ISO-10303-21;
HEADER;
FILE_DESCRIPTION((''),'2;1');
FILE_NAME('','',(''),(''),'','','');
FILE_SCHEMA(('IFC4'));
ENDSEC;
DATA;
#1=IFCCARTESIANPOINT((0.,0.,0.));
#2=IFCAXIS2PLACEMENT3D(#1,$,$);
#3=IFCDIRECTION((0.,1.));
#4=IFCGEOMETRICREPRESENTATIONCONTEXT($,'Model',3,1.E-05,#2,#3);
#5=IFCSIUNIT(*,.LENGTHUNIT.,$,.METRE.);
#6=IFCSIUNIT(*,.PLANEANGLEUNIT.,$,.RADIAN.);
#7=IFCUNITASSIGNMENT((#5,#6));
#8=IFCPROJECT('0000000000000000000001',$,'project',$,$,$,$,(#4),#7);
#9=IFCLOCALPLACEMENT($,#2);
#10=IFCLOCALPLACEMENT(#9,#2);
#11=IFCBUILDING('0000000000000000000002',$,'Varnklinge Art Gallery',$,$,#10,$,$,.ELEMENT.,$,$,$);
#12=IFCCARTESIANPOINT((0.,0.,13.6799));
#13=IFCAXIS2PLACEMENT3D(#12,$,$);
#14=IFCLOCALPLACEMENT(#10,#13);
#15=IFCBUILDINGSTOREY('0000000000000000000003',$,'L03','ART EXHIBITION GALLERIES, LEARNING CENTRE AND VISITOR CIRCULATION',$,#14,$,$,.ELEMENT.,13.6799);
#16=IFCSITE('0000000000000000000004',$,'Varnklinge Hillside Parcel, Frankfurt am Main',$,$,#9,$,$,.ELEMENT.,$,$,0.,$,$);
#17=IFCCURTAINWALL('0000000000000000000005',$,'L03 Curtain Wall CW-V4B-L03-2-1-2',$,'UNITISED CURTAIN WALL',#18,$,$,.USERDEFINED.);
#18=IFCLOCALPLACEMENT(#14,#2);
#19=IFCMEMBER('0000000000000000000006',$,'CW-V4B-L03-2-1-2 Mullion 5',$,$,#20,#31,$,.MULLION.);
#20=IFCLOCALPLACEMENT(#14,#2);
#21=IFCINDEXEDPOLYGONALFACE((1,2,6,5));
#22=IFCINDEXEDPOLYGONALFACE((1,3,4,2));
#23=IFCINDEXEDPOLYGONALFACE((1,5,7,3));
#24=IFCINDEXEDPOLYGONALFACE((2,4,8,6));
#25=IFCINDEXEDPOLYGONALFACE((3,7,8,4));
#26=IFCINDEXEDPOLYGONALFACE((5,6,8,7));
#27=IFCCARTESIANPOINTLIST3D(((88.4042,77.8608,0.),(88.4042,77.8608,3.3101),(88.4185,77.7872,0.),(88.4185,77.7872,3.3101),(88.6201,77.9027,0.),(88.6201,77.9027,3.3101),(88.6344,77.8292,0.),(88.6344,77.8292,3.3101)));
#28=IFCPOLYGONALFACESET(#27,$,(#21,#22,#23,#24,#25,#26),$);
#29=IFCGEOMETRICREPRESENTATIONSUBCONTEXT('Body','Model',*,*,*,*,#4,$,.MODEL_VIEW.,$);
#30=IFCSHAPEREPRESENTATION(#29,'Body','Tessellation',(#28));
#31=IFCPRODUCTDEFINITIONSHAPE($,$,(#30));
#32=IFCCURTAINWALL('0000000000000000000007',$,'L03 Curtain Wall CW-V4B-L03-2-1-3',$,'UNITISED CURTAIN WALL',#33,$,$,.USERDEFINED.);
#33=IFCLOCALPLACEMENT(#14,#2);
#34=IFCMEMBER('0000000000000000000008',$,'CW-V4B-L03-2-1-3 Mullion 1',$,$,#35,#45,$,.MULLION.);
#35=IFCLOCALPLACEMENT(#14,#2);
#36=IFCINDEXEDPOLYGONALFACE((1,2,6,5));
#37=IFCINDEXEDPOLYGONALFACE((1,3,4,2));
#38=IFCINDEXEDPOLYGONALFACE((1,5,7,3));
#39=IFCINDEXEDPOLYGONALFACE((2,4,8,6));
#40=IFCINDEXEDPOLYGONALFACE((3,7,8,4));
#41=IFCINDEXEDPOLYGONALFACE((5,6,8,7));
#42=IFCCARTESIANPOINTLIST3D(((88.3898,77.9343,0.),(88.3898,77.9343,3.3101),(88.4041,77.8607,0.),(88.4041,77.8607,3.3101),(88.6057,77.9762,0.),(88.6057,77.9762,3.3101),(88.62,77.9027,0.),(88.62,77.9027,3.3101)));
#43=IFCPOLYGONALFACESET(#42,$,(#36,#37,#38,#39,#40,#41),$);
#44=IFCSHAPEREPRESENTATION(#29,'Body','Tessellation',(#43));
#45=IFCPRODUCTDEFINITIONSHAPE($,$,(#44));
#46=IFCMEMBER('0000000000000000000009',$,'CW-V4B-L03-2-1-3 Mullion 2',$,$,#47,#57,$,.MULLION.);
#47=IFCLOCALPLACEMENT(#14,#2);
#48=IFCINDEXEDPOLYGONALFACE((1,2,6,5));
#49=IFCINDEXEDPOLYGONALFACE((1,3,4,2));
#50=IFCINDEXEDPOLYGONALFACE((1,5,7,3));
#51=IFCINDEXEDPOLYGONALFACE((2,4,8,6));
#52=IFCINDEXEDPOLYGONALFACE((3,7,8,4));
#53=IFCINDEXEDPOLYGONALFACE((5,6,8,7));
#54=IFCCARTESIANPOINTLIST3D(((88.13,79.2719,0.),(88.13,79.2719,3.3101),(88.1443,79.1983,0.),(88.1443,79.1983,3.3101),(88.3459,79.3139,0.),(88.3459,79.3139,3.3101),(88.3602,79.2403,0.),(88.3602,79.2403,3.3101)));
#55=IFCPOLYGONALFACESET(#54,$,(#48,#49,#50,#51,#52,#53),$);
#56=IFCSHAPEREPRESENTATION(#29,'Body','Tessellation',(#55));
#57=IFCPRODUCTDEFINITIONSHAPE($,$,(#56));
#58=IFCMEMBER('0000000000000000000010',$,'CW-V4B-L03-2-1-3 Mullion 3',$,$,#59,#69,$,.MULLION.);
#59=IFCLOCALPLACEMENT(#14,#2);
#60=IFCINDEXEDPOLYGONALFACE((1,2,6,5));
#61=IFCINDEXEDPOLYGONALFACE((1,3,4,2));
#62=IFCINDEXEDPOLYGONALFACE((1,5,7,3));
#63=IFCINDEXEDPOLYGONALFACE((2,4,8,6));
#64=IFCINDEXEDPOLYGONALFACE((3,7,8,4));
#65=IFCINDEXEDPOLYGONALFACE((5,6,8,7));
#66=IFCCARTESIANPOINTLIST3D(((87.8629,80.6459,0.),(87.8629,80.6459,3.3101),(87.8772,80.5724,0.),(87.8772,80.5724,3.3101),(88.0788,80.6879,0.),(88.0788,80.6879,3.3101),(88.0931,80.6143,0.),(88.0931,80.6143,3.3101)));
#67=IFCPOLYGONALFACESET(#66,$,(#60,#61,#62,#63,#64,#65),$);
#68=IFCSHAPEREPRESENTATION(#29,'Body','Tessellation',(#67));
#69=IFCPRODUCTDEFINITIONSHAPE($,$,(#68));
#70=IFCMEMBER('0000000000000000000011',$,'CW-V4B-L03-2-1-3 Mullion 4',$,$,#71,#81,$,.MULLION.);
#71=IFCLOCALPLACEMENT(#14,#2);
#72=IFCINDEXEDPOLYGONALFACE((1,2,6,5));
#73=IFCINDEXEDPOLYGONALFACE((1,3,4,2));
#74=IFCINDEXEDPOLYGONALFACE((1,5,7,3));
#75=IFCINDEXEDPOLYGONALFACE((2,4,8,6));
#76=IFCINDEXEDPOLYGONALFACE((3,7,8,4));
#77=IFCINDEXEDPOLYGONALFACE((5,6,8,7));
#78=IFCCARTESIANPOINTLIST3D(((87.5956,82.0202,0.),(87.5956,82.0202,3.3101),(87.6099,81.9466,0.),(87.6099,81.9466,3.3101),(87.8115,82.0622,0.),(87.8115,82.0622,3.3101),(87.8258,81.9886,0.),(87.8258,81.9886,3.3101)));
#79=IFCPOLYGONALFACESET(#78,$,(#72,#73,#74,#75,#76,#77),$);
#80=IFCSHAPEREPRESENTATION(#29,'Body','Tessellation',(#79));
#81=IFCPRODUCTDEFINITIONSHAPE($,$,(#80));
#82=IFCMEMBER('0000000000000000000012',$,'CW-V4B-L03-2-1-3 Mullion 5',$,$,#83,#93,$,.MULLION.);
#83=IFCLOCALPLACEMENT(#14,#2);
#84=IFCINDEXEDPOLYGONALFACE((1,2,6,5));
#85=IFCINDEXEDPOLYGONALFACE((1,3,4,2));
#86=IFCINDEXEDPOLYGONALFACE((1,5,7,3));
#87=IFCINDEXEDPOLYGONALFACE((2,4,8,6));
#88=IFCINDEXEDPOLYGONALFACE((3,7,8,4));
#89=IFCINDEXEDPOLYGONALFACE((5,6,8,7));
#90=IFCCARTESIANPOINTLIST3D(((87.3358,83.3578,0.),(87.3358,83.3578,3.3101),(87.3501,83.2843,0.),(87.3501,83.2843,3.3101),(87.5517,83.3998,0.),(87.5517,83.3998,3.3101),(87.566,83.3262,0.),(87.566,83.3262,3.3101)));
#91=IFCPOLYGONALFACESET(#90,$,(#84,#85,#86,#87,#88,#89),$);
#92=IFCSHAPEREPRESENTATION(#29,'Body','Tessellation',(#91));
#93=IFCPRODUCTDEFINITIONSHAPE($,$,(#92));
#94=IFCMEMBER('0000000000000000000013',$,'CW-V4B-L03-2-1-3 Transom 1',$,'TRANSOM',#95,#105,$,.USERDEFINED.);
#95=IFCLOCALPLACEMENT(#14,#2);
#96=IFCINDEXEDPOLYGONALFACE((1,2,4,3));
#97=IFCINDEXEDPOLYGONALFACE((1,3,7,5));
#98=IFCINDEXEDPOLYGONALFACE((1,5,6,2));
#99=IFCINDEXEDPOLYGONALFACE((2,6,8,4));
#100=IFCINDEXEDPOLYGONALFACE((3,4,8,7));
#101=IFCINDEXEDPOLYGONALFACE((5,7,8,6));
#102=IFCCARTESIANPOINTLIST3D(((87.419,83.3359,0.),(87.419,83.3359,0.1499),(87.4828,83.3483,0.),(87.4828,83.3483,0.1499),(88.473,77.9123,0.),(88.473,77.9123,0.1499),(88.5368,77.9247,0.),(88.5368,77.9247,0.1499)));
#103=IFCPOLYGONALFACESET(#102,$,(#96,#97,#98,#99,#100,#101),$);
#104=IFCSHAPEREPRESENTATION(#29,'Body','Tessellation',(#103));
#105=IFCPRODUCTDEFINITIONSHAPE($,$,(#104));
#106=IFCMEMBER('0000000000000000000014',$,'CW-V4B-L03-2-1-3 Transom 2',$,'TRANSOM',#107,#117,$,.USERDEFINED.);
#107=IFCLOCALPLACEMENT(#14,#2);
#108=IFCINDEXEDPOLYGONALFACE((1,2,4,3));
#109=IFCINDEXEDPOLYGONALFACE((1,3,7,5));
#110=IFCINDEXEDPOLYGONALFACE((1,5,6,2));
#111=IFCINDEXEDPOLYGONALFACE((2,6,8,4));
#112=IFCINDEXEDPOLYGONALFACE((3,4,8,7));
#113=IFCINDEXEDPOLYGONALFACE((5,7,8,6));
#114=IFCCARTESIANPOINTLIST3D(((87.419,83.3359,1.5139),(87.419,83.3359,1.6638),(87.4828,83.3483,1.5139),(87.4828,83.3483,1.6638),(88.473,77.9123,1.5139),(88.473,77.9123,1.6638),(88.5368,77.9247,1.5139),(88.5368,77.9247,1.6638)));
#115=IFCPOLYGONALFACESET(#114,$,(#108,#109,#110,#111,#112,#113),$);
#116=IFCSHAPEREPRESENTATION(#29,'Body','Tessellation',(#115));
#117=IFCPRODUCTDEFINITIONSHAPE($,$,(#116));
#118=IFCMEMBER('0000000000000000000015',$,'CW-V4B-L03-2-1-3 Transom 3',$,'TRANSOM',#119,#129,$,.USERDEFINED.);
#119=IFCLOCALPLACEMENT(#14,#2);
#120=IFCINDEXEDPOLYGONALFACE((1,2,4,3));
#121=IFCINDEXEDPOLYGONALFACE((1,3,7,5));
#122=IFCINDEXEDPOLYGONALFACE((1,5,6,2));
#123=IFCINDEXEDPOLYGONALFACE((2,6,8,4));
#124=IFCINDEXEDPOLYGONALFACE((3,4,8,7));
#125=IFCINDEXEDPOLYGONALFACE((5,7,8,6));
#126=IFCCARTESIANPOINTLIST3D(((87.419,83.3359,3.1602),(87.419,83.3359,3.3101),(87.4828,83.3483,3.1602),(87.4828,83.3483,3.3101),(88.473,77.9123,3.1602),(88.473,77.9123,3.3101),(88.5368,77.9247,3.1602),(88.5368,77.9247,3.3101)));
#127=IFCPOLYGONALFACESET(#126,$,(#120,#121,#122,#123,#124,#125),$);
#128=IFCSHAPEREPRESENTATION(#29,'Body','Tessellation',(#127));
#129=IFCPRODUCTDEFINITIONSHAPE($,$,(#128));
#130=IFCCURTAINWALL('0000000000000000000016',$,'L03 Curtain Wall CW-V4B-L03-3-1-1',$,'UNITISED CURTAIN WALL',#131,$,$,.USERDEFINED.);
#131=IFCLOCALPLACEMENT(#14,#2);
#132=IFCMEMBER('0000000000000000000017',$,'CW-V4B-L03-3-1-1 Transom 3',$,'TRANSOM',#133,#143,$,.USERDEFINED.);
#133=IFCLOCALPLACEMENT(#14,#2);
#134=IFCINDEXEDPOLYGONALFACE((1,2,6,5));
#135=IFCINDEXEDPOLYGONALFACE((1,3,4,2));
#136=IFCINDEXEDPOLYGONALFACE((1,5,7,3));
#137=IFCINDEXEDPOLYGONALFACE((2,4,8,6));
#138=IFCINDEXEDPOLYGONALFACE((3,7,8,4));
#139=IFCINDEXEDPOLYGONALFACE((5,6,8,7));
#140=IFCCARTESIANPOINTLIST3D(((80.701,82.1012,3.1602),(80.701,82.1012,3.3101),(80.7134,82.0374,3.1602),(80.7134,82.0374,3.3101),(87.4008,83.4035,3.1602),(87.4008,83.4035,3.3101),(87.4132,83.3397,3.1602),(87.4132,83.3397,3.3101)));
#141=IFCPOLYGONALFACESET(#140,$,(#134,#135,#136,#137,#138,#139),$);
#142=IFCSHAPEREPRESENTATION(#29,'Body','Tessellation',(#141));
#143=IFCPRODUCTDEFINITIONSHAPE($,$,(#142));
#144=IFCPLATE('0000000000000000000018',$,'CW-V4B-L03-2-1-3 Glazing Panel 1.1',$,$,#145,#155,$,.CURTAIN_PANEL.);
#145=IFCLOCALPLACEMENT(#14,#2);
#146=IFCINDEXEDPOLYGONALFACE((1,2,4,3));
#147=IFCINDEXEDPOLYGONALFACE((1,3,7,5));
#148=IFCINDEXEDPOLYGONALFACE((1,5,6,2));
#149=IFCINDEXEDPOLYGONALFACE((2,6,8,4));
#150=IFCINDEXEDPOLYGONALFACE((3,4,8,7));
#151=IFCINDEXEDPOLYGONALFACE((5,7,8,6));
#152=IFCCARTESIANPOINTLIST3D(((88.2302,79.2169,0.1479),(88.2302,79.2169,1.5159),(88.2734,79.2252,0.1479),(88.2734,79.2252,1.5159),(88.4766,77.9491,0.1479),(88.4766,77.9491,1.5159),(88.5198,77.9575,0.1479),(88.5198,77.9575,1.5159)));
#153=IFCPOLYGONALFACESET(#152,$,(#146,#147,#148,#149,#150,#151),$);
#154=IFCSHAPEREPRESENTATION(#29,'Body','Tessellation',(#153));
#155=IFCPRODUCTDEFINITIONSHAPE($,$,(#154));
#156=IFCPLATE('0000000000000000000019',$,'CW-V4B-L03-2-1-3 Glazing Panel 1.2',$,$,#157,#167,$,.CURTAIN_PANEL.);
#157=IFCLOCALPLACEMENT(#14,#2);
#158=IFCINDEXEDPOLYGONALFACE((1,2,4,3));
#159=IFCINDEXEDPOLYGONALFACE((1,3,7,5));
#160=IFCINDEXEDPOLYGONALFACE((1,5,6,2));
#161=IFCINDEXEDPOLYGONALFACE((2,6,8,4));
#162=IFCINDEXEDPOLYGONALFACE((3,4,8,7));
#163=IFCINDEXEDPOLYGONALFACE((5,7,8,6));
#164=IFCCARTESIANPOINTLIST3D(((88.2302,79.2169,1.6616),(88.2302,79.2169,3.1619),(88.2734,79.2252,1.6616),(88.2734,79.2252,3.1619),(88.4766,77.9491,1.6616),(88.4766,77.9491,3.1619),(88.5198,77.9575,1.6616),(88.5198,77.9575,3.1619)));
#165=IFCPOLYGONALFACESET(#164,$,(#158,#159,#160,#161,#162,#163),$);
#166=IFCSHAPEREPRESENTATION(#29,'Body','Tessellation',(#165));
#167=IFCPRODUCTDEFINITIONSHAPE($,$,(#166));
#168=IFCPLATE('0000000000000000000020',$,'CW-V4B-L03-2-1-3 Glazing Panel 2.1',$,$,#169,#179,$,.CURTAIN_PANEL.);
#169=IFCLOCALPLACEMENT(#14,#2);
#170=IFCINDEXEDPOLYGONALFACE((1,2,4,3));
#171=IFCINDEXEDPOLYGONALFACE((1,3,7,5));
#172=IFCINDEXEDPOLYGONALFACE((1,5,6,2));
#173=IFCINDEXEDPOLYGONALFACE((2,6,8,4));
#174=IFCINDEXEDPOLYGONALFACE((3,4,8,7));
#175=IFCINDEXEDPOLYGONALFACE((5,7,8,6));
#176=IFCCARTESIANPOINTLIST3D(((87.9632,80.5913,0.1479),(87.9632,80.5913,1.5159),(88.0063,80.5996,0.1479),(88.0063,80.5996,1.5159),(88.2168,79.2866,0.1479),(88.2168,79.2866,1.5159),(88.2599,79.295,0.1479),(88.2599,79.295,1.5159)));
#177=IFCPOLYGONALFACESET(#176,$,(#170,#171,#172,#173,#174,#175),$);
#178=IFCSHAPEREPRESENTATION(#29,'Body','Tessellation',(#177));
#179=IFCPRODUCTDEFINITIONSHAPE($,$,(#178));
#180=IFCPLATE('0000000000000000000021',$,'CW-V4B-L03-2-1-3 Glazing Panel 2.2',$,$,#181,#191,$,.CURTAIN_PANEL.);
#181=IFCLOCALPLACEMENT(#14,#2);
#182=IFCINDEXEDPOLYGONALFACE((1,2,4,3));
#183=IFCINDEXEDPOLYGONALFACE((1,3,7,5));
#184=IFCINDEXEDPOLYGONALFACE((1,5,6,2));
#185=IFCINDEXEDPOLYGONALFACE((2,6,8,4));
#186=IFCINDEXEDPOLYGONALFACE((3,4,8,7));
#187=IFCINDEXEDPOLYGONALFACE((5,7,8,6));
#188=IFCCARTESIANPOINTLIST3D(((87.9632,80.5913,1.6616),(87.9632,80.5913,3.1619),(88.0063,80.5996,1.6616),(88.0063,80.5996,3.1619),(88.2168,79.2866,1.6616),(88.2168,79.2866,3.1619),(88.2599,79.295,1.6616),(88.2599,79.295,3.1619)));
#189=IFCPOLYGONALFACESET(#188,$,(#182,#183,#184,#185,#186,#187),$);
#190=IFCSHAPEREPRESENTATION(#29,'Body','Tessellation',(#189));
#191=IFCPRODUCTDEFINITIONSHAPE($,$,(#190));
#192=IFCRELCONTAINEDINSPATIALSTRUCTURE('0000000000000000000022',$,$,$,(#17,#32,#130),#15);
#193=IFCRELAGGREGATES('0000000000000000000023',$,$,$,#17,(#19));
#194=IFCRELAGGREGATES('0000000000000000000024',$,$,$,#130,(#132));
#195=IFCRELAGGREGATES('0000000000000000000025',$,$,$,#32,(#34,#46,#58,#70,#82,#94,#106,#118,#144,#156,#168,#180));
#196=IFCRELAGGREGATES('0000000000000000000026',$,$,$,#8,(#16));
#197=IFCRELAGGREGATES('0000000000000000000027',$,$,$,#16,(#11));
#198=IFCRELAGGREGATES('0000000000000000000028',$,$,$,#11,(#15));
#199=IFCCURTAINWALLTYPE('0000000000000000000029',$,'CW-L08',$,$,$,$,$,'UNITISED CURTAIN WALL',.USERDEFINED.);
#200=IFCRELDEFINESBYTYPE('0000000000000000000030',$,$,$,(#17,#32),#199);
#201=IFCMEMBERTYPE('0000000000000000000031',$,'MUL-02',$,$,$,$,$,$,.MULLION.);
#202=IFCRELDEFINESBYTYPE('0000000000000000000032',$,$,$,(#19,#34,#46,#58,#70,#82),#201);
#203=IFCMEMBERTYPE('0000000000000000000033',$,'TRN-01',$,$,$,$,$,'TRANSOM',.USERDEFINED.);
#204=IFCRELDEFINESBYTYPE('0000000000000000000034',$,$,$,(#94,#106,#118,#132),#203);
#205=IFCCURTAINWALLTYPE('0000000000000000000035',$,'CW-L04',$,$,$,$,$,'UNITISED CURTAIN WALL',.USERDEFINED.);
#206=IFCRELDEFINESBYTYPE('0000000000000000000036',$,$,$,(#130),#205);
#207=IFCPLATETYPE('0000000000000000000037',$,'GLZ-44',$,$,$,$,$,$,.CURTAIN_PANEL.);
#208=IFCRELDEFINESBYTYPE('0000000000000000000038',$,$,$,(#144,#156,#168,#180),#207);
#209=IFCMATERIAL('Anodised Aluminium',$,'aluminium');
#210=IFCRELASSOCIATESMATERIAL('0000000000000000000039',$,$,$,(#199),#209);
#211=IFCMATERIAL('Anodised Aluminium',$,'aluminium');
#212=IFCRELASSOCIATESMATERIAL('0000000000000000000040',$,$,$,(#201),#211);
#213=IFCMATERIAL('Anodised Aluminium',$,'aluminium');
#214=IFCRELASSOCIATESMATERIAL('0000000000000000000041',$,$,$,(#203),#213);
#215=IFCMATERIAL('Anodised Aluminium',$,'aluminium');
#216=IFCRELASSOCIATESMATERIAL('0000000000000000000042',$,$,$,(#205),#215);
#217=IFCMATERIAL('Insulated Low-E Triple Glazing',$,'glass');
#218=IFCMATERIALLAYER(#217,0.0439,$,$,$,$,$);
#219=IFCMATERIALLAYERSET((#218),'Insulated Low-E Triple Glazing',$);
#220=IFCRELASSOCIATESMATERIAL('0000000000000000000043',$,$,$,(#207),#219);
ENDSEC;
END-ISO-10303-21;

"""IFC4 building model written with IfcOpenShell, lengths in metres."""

from ifc_helpers import new_model, si_unit, direction, frame, origin, origin_2d, place, context, subcontext, project, spatial, rectangle, extrude, material, layer, layer_set, material_profile, profile_set, type_object, element, aggregate, save


model = new_model("IFC4")

# Units and contexts
model_context = context("Model", 3, precision=1e-05, world=origin(), true_north=direction((0.0, 1.0)))
body_context = subcontext(model_context, "Body", "Model", "MODEL_VIEW")
ifc_project = project(units=[si_unit("LENGTHUNIT", "METRE"), si_unit("PLANEANGLEUNIT", "RADIAN")], contexts=[model_context])

# Site, building, storey
site_placement = place(None, origin())
site = spatial("IfcSite", under=ifc_project, at=site_placement, Name="Varnklinge Hillside Parcel, Frankfurt am Main", CompositionType="ELEMENT", RefElevation=0.0)
building_placement = place(site_placement, origin())
building = spatial("IfcBuilding", under=site, at=building_placement, Name="Varnklinge Art Gallery", CompositionType="ELEMENT")
storey_placement = place(building_placement, frame((0.0, 0.0, 13.6799)))
storey = spatial("IfcBuildingStorey", under=building, at=storey_placement, Name="L03", Description="ART EXHIBITION GALLERIES, LEARNING CENTRE AND VISITOR CIRCULATION", CompositionType="ELEMENT", Elevation=13.6799)

# Curtain wall, member
ifc_material_1 = material(Name="Anodised Aluminium", Category="aluminium")
curtain_wall_type_1 = type_object("IfcCurtainWallType", Name="CW-L08", ElementType="UNITISED CURTAIN WALL", PredefinedType="USERDEFINED", material=ifc_material_1)
curtain_wall_1_placement = place(storey_placement, origin())
curtain_wall_1 = element("IfcCurtainWall", 1, at=curtain_wall_1_placement, inside=storey, type_object=curtain_wall_type_1, Name="L03 Curtain Wall CW-V4B-L03-2-1-2", ObjectType="UNITISED CURTAIN WALL", PredefinedType="USERDEFINED")
ifc_material_2 = material(Name="Anodised Aluminium", Category="aluminium")
ifc_material_profile_1 = material_profile(ifc_material_2, rectangle(XDim=0.075, YDim=0.22, at=origin_2d()), Name="ALU 75x220")
ifc_profile_set_1 = profile_set([ifc_material_profile_1], Name="Anodised Aluminium")
member_type_1 = type_object("IfcMemberType", Name="MUL-02", PredefinedType="MULLION", material=ifc_profile_set_1)
member_1_placement = place(storey_placement, frame((88.5193, 77.845, 0.0), z_axis=(0.0, 0.0, 1.0), x_axis=(-0.190809, 0.981627, 0.0)))
member_1 = element("IfcMember", 2, at=member_1_placement, type_object=member_type_1, Name="CW-V4B-L03-2-1-2 Mullion 5", PredefinedType="MULLION", context=body_context, shape_type="SweptSolid", body=[
    extrude(rectangle(XDim=0.075, YDim=0.22, at=origin_2d()), origin(), (0.0, 0.0, 1.0), 3.3101),
])
aggregate(curtain_wall_1, [member_1])

# Curtain wall, members
curtain_wall_2_placement = place(storey_placement, origin())
curtain_wall_2 = element("IfcCurtainWall", 3, at=curtain_wall_2_placement, inside=storey, type_object=curtain_wall_type_1, Name="L03 Curtain Wall CW-V4B-L03-2-1-3", ObjectType="UNITISED CURTAIN WALL", PredefinedType="USERDEFINED")
member_2_placement = place(storey_placement, frame((88.5049, 77.9185, 0.0), z_axis=(0.0, 0.0, 1.0), x_axis=(-0.190809, 0.981627, 0.0)))
member_2 = element("IfcMember", 4, at=member_2_placement, type_object=member_type_1, Name="CW-V4B-L03-2-1-3 Mullion 1", PredefinedType="MULLION", context=body_context, shape_type="SweptSolid", body=[
    extrude(rectangle(XDim=0.075, YDim=0.22, at=origin_2d()), origin(), (0.0, 0.0, 1.0), 3.3101),
])
member_3_placement = place(storey_placement, frame((88.2451, 79.2561, 0.0), z_axis=(0.0, 0.0, 1.0), x_axis=(-0.190809, 0.981627, 0.0)))
member_3 = element("IfcMember", 5, at=member_3_placement, type_object=member_type_1, Name="CW-V4B-L03-2-1-3 Mullion 2", PredefinedType="MULLION", context=body_context, shape_type="SweptSolid", body=[
    extrude(rectangle(XDim=0.075, YDim=0.22, at=origin_2d()), origin(), (0.0, 0.0, 1.0), 3.3101),
])
member_4_placement = place(storey_placement, frame((87.978, 80.6301, 0.0), z_axis=(0.0, 0.0, 1.0), x_axis=(-0.190809, 0.981627, 0.0)))
member_4 = element("IfcMember", 6, at=member_4_placement, type_object=member_type_1, Name="CW-V4B-L03-2-1-3 Mullion 3", PredefinedType="MULLION", context=body_context, shape_type="SweptSolid", body=[
    extrude(rectangle(XDim=0.075, YDim=0.22, at=origin_2d()), origin(), (0.0, 0.0, 1.0), 3.3101),
])
member_5_placement = place(storey_placement, frame((87.7107, 82.0044, 0.0), z_axis=(0.0, 0.0, 1.0), x_axis=(-0.190809, 0.981627, 0.0)))
member_5 = element("IfcMember", 7, at=member_5_placement, type_object=member_type_1, Name="CW-V4B-L03-2-1-3 Mullion 4", PredefinedType="MULLION", context=body_context, shape_type="SweptSolid", body=[
    extrude(rectangle(XDim=0.075, YDim=0.22, at=origin_2d()), origin(), (0.0, 0.0, 1.0), 3.3101),
])
member_6_placement = place(storey_placement, frame((87.4509, 83.342, 0.0), z_axis=(0.0, 0.0, 1.0), x_axis=(-0.190809, 0.981627, 0.0)))
member_6 = element("IfcMember", 8, at=member_6_placement, type_object=member_type_1, Name="CW-V4B-L03-2-1-3 Mullion 5", PredefinedType="MULLION", context=body_context, shape_type="SweptSolid", body=[
    extrude(rectangle(XDim=0.075, YDim=0.22, at=origin_2d()), origin(), (0.0, 0.0, 1.0), 3.3101),
])
ifc_material_3 = material(Name="Anodised Aluminium", Category="aluminium")
ifc_material_profile_2 = material_profile(ifc_material_3, rectangle(XDim=0.0649, YDim=0.1499, at=origin_2d()), Name="ALU 65x150")
ifc_profile_set_2 = profile_set([ifc_material_profile_2], Name="Anodised Aluminium")
member_type_2 = type_object("IfcMemberType", Name="TRN-01", ElementType="TRANSOM", PredefinedType="USERDEFINED", material=ifc_profile_set_2)
member_7_placement = place(storey_placement, frame((88.5049, 77.9185, 0.075), z_axis=(-0.19076, 0.981637, 0.0), x_axis=(-0.981637, -0.19076, 0.0)))
member_7 = element("IfcMember", 9, at=member_7_placement, type_object=member_type_2, Name="CW-V4B-L03-2-1-3 Transom 1", ObjectType="TRANSOM", PredefinedType="USERDEFINED", context=body_context, shape_type="SweptSolid", body=[
    extrude(rectangle(XDim=0.0649, YDim=0.1499, at=origin_2d()), origin(), (0.0, 0.0, 1.0), 5.5251),
])
member_8_placement = place(storey_placement, frame((88.5049, 77.9185, 1.5889), z_axis=(-0.19076, 0.981637, 0.0), x_axis=(-0.981637, -0.19076, 0.0)))
member_8 = element("IfcMember", 10, at=member_8_placement, type_object=member_type_2, Name="CW-V4B-L03-2-1-3 Transom 2", ObjectType="TRANSOM", PredefinedType="USERDEFINED", context=body_context, shape_type="SweptSolid", body=[
    extrude(rectangle(XDim=0.0649, YDim=0.1499, at=origin_2d()), origin(), (0.0, 0.0, 1.0), 5.5251),
])
member_9_placement = place(storey_placement, frame((88.5049, 77.9185, 3.2351), z_axis=(-0.19076, 0.981637, 0.0), x_axis=(-0.981637, -0.19076, 0.0)))
member_9 = element("IfcMember", 11, at=member_9_placement, type_object=member_type_2, Name="CW-V4B-L03-2-1-3 Transom 3", ObjectType="TRANSOM", PredefinedType="USERDEFINED", context=body_context, shape_type="SweptSolid", body=[
    extrude(rectangle(XDim=0.0649, YDim=0.1499, at=origin_2d()), origin(), (0.0, 0.0, 1.0), 5.5251),
])

# Curtain wall, member
ifc_material_4 = material(Name="Anodised Aluminium", Category="aluminium")
curtain_wall_type_2 = type_object("IfcCurtainWallType", Name="CW-L04", ElementType="UNITISED CURTAIN WALL", PredefinedType="USERDEFINED", material=ifc_material_4)
curtain_wall_3_placement = place(storey_placement, origin())
curtain_wall_3 = element("IfcCurtainWall", 12, at=curtain_wall_3_placement, inside=storey, type_object=curtain_wall_type_2, Name="L03 Curtain Wall CW-V4B-L03-3-1-1", ObjectType="UNITISED CURTAIN WALL", PredefinedType="USERDEFINED")
member_10_placement = place(storey_placement, frame((87.407, 83.3716, 3.2351), z_axis=(-0.981628, -0.190803, 0.0), x_axis=(0.190803, -0.981628, 0.0)))
member_10 = element("IfcMember", 13, at=member_10_placement, type_object=member_type_2, Name="CW-V4B-L03-3-1-1 Transom 3", ObjectType="TRANSOM", PredefinedType="USERDEFINED", context=body_context, shape_type="SweptSolid", body=[
    extrude(rectangle(XDim=0.0649, YDim=0.1499, at=origin_2d()), origin(), (0.0, 0.0, 1.0), 6.8252),
])
aggregate(curtain_wall_3, [member_10])

# Plates
ifc_material_5 = material(Name="Insulated Low-E Triple Glazing", Category="glass")
ifc_layer_1 = layer(ifc_material_5, 0.0439)
ifc_layer_set_1 = layer_set([ifc_layer_1], Name="Insulated Low-E Triple Glazing")
plate_type = type_object("IfcPlateType", Name="GLZ-44", PredefinedType="CURTAIN_PANEL", material=ifc_layer_set_1)
plate_1_placement = place(storey_placement, frame((88.375, 78.5872, 0.1479), z_axis=(0.0, 0.0, 1.0), x_axis=(-0.190809, 0.981627, 0.0)))
plate_1 = element("IfcPlate", 14, at=plate_1_placement, type_object=plate_type, Name="CW-V4B-L03-2-1-3 Glazing Panel 1.1", PredefinedType="CURTAIN_PANEL", context=body_context, shape_type="SweptSolid", body=[
    extrude(rectangle(XDim=1.2915, YDim=0.0439, at=origin_2d()), origin(), (0.0, 0.0, 1.0), 1.3679),
])
plate_2_placement = place(storey_placement, frame((88.375, 78.5872, 1.6616), z_axis=(0.0, 0.0, 1.0), x_axis=(-0.190809, 0.981627, 0.0)))
plate_2 = element("IfcPlate", 15, at=plate_2_placement, type_object=plate_type, Name="CW-V4B-L03-2-1-3 Glazing Panel 1.2", PredefinedType="CURTAIN_PANEL", context=body_context, shape_type="SweptSolid", body=[
    extrude(rectangle(XDim=1.2915, YDim=0.0439, at=origin_2d()), origin(), (0.0, 0.0, 1.0), 1.5002),
])
plate_3_placement = place(storey_placement, frame((88.1116, 79.9431, 0.1479), z_axis=(0.0, 0.0, 1.0), x_axis=(-0.190809, 0.981627, 0.0)))
plate_3 = element("IfcPlate", 16, at=plate_3_placement, type_object=plate_type, Name="CW-V4B-L03-2-1-3 Glazing Panel 2.1", PredefinedType="CURTAIN_PANEL", context=body_context, shape_type="SweptSolid", body=[
    extrude(rectangle(XDim=1.3291, YDim=0.0439, at=origin_2d()), origin(), (0.0, 0.0, 1.0), 1.3679),
])
plate_4_placement = place(storey_placement, frame((88.1116, 79.9431, 1.6616), z_axis=(0.0, 0.0, 1.0), x_axis=(-0.190809, 0.981627, 0.0)))
plate_4 = element("IfcPlate", 17, at=plate_4_placement, type_object=plate_type, Name="CW-V4B-L03-2-1-3 Glazing Panel 2.2", PredefinedType="CURTAIN_PANEL", context=body_context, shape_type="SweptSolid", body=[
    extrude(rectangle(XDim=1.3291, YDim=0.0439, at=origin_2d()), origin(), (0.0, 0.0, 1.0), 1.5002),
])
aggregate(curtain_wall_2, [member_2, member_3, member_4, member_5, member_6, member_7, member_8, member_9, plate_1, plate_2, plate_3, plate_4])

save(model, "model.ifc")
